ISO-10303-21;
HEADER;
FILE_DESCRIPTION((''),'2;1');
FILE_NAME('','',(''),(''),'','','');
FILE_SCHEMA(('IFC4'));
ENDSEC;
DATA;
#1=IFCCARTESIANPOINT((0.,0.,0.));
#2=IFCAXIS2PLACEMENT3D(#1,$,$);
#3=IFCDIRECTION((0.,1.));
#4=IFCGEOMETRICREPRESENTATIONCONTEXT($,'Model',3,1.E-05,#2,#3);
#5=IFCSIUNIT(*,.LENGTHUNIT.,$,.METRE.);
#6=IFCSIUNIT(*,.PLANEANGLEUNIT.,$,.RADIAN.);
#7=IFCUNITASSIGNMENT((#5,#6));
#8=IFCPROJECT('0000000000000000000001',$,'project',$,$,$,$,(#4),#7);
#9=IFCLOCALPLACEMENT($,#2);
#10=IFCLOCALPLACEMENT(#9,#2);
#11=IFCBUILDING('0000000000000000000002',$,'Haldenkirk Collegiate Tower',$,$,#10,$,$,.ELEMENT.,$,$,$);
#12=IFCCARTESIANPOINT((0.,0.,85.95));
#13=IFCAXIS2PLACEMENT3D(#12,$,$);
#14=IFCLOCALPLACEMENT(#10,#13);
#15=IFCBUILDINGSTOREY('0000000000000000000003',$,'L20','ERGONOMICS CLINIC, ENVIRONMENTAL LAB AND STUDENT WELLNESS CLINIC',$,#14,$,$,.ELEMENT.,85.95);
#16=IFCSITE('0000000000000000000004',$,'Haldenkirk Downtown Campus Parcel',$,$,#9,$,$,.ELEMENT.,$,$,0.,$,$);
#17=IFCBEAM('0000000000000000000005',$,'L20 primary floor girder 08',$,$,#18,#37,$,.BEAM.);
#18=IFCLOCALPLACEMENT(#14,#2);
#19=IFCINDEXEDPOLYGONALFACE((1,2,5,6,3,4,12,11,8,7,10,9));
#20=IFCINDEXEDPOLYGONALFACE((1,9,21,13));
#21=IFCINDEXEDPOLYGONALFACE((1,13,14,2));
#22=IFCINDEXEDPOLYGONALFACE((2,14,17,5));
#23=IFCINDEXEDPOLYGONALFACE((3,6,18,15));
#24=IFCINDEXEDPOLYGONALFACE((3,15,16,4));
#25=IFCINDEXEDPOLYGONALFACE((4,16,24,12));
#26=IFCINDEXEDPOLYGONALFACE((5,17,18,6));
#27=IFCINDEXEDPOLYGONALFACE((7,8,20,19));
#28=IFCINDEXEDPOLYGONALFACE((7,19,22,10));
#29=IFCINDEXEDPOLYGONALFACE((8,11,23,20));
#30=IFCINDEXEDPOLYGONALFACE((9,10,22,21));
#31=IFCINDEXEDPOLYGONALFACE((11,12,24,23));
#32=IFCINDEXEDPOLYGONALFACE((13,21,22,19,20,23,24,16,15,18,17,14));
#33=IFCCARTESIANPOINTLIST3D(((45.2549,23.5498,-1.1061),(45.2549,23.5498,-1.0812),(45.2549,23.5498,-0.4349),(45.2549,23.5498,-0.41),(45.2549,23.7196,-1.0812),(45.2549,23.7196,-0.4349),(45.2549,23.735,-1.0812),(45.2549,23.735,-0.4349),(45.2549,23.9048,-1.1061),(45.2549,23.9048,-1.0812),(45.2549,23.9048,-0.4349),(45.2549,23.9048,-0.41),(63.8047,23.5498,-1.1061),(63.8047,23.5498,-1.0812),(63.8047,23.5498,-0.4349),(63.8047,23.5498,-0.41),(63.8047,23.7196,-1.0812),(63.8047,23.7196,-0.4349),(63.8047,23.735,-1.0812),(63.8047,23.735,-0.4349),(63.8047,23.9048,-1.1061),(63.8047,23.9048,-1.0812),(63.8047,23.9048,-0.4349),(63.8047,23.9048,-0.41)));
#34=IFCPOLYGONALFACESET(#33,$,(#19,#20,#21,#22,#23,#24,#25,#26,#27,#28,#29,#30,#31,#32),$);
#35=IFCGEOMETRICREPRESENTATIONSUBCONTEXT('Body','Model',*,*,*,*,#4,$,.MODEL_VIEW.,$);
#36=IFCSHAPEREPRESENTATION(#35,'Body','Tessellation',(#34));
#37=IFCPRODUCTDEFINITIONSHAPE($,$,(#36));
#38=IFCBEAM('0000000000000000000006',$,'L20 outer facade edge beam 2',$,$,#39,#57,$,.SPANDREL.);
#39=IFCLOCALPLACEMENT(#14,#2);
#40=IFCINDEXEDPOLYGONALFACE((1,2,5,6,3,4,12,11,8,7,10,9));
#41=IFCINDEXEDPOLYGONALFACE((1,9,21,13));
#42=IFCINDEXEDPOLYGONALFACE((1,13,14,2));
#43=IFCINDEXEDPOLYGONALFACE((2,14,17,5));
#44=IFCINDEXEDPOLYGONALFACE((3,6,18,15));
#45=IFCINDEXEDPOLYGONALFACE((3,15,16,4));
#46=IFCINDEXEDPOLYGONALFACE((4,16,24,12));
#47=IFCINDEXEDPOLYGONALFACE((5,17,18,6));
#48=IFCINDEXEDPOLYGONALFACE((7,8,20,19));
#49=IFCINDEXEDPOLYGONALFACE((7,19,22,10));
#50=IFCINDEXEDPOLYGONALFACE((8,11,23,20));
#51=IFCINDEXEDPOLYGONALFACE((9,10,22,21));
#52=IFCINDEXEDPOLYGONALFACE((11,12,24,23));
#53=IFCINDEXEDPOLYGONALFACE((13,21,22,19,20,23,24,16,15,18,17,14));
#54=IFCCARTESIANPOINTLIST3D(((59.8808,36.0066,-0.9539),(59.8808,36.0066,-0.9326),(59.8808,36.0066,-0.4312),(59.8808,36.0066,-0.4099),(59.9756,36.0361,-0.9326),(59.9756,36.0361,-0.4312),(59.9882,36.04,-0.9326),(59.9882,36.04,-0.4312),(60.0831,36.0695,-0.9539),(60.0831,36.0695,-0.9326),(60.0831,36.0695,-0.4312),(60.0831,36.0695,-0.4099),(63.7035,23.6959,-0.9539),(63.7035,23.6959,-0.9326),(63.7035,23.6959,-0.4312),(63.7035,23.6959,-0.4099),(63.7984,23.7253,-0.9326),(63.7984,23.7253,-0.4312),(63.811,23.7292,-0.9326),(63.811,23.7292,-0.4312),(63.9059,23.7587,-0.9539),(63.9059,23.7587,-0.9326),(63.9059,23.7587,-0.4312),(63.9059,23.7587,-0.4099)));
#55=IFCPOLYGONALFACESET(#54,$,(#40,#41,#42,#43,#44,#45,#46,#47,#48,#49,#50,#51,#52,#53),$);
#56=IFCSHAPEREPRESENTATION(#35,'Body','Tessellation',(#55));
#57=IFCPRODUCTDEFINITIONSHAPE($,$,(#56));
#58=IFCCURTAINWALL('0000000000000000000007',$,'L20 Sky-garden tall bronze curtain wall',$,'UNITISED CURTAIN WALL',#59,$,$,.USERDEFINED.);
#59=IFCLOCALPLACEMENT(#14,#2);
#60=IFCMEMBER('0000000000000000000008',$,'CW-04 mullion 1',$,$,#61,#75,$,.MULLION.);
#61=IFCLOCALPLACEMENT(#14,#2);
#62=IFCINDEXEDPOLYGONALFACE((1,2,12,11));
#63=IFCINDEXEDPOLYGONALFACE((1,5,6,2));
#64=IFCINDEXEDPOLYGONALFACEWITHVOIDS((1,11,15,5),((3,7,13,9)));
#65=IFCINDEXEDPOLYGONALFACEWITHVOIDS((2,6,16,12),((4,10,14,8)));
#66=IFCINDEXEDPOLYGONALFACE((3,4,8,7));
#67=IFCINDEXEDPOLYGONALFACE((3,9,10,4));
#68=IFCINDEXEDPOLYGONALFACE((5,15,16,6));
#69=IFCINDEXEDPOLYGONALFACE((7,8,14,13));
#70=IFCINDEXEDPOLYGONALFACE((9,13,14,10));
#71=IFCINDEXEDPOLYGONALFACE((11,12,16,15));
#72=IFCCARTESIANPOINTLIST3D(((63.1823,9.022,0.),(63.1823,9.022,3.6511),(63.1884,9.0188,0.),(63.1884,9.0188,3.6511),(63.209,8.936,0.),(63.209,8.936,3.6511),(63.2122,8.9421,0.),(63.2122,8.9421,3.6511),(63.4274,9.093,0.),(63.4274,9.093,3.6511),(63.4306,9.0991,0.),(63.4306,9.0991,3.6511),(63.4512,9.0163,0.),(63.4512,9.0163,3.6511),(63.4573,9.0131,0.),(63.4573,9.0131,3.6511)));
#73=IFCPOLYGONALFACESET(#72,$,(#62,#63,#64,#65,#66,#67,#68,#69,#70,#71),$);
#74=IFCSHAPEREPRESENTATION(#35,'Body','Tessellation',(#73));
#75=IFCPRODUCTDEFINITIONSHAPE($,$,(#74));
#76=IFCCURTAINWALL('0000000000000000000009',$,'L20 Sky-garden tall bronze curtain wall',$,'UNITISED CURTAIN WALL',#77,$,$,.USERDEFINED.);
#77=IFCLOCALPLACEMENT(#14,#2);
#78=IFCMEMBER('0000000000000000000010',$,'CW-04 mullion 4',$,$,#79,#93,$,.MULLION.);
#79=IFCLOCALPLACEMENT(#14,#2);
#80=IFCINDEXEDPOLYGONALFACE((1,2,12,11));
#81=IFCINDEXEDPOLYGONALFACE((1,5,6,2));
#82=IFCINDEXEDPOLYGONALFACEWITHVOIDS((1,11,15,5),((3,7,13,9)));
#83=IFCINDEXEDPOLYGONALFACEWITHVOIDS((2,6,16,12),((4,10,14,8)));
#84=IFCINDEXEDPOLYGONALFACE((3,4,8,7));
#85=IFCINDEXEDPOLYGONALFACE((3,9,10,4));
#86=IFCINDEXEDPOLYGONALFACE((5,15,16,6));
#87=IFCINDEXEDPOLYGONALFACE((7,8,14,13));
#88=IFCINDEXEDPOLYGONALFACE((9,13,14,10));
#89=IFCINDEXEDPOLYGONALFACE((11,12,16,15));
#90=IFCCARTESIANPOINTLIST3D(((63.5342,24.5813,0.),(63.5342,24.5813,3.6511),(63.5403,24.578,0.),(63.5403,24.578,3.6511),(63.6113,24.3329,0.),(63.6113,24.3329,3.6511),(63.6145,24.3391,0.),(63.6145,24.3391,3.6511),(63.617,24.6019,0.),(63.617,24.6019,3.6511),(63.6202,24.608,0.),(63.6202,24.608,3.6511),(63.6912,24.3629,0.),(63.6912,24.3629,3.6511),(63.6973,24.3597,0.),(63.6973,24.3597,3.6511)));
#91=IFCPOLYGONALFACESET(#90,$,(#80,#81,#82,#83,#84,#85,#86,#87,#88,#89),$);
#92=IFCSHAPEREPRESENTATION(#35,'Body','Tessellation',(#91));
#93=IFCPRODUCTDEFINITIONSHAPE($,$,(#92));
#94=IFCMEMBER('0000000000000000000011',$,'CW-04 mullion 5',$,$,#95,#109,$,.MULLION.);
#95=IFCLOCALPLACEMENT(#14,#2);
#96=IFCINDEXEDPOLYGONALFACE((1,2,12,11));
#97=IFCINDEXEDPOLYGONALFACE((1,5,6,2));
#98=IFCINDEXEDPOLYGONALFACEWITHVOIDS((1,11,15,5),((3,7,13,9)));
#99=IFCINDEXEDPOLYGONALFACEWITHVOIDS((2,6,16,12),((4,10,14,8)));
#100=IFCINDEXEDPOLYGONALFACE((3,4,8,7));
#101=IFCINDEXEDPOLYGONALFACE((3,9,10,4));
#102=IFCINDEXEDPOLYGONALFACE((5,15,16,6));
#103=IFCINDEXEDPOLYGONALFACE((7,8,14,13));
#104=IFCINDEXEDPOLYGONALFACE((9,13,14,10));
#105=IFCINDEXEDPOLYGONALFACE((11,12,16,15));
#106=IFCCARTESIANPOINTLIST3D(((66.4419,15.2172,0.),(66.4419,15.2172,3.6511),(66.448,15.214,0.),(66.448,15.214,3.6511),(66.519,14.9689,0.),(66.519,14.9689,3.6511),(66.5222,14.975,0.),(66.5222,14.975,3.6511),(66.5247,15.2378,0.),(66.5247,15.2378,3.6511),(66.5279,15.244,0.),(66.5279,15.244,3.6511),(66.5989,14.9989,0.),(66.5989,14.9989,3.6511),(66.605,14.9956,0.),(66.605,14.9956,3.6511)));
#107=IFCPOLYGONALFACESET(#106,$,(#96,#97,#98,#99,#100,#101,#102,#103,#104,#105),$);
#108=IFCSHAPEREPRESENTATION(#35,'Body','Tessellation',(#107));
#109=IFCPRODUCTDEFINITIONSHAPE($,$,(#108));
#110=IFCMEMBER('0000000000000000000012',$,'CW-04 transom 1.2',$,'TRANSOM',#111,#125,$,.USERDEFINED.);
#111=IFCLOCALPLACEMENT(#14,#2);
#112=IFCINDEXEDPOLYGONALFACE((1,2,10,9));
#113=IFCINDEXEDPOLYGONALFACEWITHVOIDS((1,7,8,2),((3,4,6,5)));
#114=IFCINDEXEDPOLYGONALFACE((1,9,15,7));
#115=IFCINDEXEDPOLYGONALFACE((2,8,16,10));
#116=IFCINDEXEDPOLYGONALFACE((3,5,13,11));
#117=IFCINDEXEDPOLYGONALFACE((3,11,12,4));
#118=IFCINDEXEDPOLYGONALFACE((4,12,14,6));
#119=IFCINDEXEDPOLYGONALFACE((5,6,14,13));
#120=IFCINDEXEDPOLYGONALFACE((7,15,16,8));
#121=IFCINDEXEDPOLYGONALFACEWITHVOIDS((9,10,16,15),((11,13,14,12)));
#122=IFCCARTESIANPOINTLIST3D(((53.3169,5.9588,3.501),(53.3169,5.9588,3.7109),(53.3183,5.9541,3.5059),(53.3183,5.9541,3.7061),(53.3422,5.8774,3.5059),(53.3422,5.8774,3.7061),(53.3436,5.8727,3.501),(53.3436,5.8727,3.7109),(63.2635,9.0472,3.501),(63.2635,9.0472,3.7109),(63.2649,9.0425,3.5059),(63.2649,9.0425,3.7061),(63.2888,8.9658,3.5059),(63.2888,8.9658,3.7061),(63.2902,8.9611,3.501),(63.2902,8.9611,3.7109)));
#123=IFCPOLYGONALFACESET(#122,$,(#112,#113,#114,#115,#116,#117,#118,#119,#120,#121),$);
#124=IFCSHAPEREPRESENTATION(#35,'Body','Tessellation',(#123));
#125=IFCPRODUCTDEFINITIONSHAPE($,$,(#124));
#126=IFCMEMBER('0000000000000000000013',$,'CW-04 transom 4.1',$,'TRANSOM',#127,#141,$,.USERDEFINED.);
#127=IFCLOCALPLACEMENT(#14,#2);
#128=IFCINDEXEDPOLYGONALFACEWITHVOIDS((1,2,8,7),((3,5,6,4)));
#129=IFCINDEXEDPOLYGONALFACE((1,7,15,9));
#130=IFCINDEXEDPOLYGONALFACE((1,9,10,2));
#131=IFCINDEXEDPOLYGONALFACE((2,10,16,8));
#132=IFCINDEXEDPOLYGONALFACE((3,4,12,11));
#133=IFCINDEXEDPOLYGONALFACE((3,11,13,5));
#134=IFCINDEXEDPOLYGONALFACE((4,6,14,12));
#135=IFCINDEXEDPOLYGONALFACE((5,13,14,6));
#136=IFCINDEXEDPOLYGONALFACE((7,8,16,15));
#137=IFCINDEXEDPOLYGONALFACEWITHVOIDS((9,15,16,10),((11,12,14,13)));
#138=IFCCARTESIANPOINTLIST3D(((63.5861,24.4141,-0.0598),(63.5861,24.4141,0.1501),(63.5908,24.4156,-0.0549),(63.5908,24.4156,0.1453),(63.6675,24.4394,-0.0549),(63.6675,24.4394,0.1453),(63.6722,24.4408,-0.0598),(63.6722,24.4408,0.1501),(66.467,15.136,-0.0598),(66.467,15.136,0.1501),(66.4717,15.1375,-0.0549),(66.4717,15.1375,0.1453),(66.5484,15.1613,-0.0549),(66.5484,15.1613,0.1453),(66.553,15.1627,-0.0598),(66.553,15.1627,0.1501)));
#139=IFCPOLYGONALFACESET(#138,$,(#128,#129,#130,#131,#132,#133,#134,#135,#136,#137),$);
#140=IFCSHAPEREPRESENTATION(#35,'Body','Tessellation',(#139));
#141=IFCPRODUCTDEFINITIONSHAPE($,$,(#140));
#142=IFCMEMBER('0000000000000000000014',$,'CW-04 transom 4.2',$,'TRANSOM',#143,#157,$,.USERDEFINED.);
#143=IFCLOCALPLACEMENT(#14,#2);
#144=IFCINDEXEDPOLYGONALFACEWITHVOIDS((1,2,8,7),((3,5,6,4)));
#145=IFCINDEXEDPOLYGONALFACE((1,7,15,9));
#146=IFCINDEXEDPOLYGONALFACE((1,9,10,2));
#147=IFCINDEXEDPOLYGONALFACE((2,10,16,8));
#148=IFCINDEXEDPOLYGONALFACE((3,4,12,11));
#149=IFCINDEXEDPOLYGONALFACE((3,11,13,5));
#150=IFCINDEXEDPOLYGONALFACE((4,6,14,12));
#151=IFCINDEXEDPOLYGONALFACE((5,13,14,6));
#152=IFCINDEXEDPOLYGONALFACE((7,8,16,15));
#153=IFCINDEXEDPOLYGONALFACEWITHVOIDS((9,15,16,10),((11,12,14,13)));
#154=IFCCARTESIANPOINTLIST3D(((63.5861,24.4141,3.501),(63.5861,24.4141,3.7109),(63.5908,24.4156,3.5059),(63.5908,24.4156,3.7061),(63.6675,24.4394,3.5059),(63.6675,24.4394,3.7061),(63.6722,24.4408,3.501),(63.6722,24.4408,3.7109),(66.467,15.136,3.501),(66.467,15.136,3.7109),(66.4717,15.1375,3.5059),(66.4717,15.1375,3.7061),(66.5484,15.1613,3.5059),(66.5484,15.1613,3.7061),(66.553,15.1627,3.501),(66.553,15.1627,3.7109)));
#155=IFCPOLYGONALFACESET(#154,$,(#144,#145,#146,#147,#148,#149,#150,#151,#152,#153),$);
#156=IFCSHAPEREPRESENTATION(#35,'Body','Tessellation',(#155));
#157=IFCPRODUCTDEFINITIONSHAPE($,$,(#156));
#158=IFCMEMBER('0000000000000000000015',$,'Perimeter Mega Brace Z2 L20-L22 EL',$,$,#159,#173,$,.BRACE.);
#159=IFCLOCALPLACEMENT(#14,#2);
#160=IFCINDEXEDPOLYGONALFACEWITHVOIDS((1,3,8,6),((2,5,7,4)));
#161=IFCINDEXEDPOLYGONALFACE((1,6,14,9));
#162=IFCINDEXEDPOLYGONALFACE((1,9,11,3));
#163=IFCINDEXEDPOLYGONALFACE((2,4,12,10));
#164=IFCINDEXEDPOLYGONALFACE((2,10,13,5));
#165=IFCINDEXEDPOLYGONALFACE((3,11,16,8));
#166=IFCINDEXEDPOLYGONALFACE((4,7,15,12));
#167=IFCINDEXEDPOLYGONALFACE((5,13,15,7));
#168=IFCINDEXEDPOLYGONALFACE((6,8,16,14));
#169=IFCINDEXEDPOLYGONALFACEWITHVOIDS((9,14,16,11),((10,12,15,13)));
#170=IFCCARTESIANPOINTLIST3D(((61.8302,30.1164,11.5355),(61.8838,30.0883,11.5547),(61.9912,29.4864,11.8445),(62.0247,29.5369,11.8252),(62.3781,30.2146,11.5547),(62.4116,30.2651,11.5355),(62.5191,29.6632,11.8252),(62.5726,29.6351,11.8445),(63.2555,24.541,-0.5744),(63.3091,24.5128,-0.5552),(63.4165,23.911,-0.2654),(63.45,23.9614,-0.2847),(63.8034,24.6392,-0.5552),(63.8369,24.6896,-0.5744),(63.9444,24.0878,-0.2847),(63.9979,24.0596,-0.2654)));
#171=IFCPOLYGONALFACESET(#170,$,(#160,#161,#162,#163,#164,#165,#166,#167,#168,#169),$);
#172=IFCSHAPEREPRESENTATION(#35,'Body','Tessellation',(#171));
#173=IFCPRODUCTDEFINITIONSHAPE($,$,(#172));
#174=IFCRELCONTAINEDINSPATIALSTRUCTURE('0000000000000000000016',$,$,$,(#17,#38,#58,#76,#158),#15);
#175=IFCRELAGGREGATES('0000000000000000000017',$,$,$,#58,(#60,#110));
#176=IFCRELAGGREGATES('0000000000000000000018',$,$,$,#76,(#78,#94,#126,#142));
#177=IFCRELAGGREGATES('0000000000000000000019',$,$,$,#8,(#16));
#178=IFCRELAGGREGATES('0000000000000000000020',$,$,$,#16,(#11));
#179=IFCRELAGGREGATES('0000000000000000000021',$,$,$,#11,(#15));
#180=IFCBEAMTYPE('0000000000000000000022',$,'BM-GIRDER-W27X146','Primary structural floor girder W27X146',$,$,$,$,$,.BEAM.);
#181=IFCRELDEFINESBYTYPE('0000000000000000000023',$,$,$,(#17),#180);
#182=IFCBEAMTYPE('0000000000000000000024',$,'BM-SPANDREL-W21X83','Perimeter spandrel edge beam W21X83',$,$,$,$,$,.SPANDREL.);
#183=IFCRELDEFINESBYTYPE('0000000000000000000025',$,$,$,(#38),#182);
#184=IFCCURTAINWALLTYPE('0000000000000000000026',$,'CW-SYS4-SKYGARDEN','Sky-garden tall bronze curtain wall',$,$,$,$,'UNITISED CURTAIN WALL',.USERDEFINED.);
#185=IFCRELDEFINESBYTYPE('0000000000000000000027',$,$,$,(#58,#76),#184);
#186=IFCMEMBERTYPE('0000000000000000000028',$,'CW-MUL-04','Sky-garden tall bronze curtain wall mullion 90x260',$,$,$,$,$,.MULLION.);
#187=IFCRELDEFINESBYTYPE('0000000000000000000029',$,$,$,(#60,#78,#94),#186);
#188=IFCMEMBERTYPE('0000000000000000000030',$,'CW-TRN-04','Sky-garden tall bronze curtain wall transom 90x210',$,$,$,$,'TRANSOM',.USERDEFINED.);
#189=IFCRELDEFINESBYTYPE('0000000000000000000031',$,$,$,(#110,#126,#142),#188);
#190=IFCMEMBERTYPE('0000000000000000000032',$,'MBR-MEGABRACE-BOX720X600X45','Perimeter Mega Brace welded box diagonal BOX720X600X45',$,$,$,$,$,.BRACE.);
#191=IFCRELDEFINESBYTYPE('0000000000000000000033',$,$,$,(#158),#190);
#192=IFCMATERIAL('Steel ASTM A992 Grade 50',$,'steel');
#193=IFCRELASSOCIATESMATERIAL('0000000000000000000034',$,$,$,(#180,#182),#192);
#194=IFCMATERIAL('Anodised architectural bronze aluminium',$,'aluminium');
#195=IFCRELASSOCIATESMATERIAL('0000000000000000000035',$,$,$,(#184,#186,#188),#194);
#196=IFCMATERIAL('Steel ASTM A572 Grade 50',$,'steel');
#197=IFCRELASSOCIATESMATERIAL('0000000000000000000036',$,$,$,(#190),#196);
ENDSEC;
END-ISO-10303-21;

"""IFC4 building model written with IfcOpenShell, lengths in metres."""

from ifc_helpers import new_model, si_unit, direction, frame, origin, origin_2d, place, context, subcontext, project, spatial, hollow_rectangle, i_section, extrude, material, material_profile, profile_set, type_object, element, aggregate, save


model = new_model("IFC4")

# Units and contexts
model_context = context("Model", 3, precision=1e-05, world=origin(), true_north=direction((0.0, 1.0)))
body_context = subcontext(model_context, "Body", "Model", "MODEL_VIEW")
ifc_project = project(units=[si_unit("LENGTHUNIT", "METRE"), si_unit("PLANEANGLEUNIT", "RADIAN")], contexts=[model_context])

# Site, building, storey
site_placement = place(None, origin())
site = spatial("IfcSite", under=ifc_project, at=site_placement, Name="Haldenkirk Downtown Campus Parcel", CompositionType="ELEMENT", RefElevation=0.0)
building_placement = place(site_placement, origin())
building = spatial("IfcBuilding", under=site, at=building_placement, Name="Haldenkirk Collegiate Tower", CompositionType="ELEMENT")
storey_placement = place(building_placement, frame((0.0, 0.0, 85.95)))
storey = spatial("IfcBuildingStorey", under=building, at=storey_placement, Name="L20", Description="ERGONOMICS CLINIC, ENVIRONMENTAL LAB AND STUDENT WELLNESS CLINIC", CompositionType="ELEMENT", Elevation=85.95)

# Beams
ifc_material_1 = material(Name="Steel ASTM A992 Grade 50", Category="steel")
ifc_material_profile_1 = material_profile(ifc_material_1, i_section(OverallWidth=0.355, OverallDepth=0.696, WebThickness=0.0154, FlangeThickness=0.0249, at=origin_2d()), Name="W27X146")
ifc_profile_set_1 = profile_set([ifc_material_profile_1], Name="Steel ASTM A992 Grade 50")
beam_type_1 = type_object("IfcBeamType", Name="BM-GIRDER-W27X146", Description="Primary structural floor girder W27X146", PredefinedType="BEAM", material=ifc_profile_set_1)
beam_1_placement = place(storey_placement, frame((63.8047, 23.7273, -0.7581), z_axis=(-1.0, 0.0, 0.0), x_axis=(0.0, -1.0, 0.0)))
element("IfcBeam", 1, at=beam_1_placement, inside=storey, type_object=beam_type_1, Name="L20 primary floor girder 08", PredefinedType="BEAM", context=body_context, shape_type="SweptSolid", body=[
    extrude(i_section(OverallWidth=0.355, OverallDepth=0.696, WebThickness=0.0154, FlangeThickness=0.0249, at=origin_2d()), origin(), (0.0, 0.0, 1.0), 18.5498),
])
ifc_material_profile_2 = material_profile(ifc_material_1, i_section(OverallWidth=0.2119, OverallDepth=0.5439, WebThickness=0.0132, FlangeThickness=0.0212, at=origin_2d()), Name="W21X83")
ifc_profile_set_2 = profile_set([ifc_material_profile_2], Name="Steel ASTM A992 Grade 50")
beam_type_2 = type_object("IfcBeamType", Name="BM-SPANDREL-W21X83", Description="Perimeter spandrel edge beam W21X83", PredefinedType="SPANDREL", material=ifc_profile_set_2)
beam_2_placement = place(storey_placement, frame((63.8047, 23.7273, -0.6819), z_axis=(-0.296552, 0.955017, 0.0), x_axis=(-0.955017, -0.296552, 0.0)))
element("IfcBeam", 2, at=beam_2_placement, inside=storey, type_object=beam_type_2, Name="L20 outer facade edge beam 2", PredefinedType="SPANDREL", context=body_context, shape_type="SweptSolid", body=[
    extrude(i_section(OverallWidth=0.2119, OverallDepth=0.5439, WebThickness=0.0132, FlangeThickness=0.0212, at=origin_2d()), origin(), (0.0, 0.0, 1.0), 12.8906),
])

# Curtain wall, member
ifc_material_2 = material(Name="Anodised architectural bronze aluminium", Category="aluminium")
curtain_wall_type = type_object("IfcCurtainWallType", Name="CW-SYS4-SKYGARDEN", Description="Sky-garden tall bronze curtain wall", ElementType="UNITISED CURTAIN WALL", PredefinedType="USERDEFINED", material=ifc_material_2)
curtain_wall_1_placement = place(storey_placement, origin())
curtain_wall_1 = element("IfcCurtainWall", 3, at=curtain_wall_1_placement, inside=storey, type_object=curtain_wall_type, Name="L20 Sky-garden tall bronze curtain wall", ObjectType="UNITISED CURTAIN WALL", PredefinedType="USERDEFINED")
ifc_material_profile_3 = material_profile(ifc_material_2, hollow_rectangle(XDim=0.0901, YDim=0.26, WallThickness=0.0049, at=origin_2d()), Name="CW-MUL-04")
ifc_profile_set_3 = profile_set([ifc_material_profile_3], Name="Anodised architectural bronze aluminium")
member_type_1 = type_object("IfcMemberType", Name="CW-MUL-04", Description="Sky-garden tall bronze curtain wall mullion 90x260", PredefinedType="MULLION", material=ifc_profile_set_3)
member_1_placement = place(storey_placement, frame((63.3198, 9.0176, 0.0), z_axis=(0.0, 0.0, 1.0), x_axis=(0.29654, -0.95502, 0.0)))
member_1 = element("IfcMember", 4, at=member_1_placement, type_object=member_type_1, Name="CW-04 mullion 1", PredefinedType="MULLION", context=body_context, shape_type="SweptSolid", body=[
    extrude(hollow_rectangle(XDim=0.0901, YDim=0.26, WallThickness=0.0049, at=origin_2d()), origin(), (0.0, 0.0, 1.0), 3.6511),
])

# Curtain wall, members
curtain_wall_2_placement = place(storey_placement, origin())
curtain_wall_2 = element("IfcCurtainWall", 5, at=curtain_wall_2_placement, inside=storey, type_object=curtain_wall_type, Name="L20 Sky-garden tall bronze curtain wall", ObjectType="UNITISED CURTAIN WALL", PredefinedType="USERDEFINED")
member_2_placement = place(storey_placement, frame((63.6157, 24.4705, 0.0), z_axis=(0.0, 0.0, 1.0), x_axis=(0.95502, 0.296541, 0.0)))
member_2 = element("IfcMember", 6, at=member_2_placement, type_object=member_type_1, Name="CW-04 mullion 4", PredefinedType="MULLION", context=body_context, shape_type="SweptSolid", body=[
    extrude(hollow_rectangle(XDim=0.0901, YDim=0.26, WallThickness=0.0049, at=origin_2d()), origin(), (0.0, 0.0, 1.0), 3.6511),
])
member_3_placement = place(storey_placement, frame((66.5234, 15.1064, 0.0), z_axis=(0.0, 0.0, 1.0), x_axis=(0.95502, 0.296541, 0.0)))
member_3 = element("IfcMember", 7, at=member_3_placement, type_object=member_type_1, Name="CW-04 mullion 5", PredefinedType="MULLION", context=body_context, shape_type="SweptSolid", body=[
    extrude(hollow_rectangle(XDim=0.0901, YDim=0.26, WallThickness=0.0049, at=origin_2d()), origin(), (0.0, 0.0, 1.0), 3.6511),
])

# Members
ifc_material_profile_4 = material_profile(ifc_material_2, hollow_rectangle(XDim=0.0901, YDim=0.21, WallThickness=0.0049, at=origin_2d()), Name="CW-TRN-04")
ifc_profile_set_4 = profile_set([ifc_material_profile_4], Name="Anodised architectural bronze aluminium")
member_type_2 = type_object("IfcMemberType", Name="CW-TRN-04", Description="Sky-garden tall bronze curtain wall transom 90x210", ElementType="TRANSOM", PredefinedType="USERDEFINED", material=ifc_profile_set_4)
member_4_placement = place(storey_placement, frame((63.2769, 9.0042, 3.606), z_axis=(-0.955023, -0.296533, 0.0), x_axis=(0.296533, -0.955023, 0.0)))
member_4 = element("IfcMember", 8, at=member_4_placement, type_object=member_type_2, Name="CW-04 transom 1.2", ObjectType="TRANSOM", PredefinedType="USERDEFINED", context=body_context, shape_type="SweptSolid", body=[
    extrude(hollow_rectangle(XDim=0.0901, YDim=0.21, WallThickness=0.0049, at=origin_2d()), origin(), (0.0, 0.0, 1.0), 10.415),
])
aggregate(curtain_wall_1, [member_1, member_4])
member_5_placement = place(storey_placement, frame((63.6292, 24.4275, 0.0452), z_axis=(0.296536, -0.955022, 0.0), x_axis=(0.955022, 0.296536, 0.0)))
member_5 = element("IfcMember", 9, at=member_5_placement, type_object=member_type_2, Name="CW-04 transom 4.1", ObjectType="TRANSOM", PredefinedType="USERDEFINED", context=body_context, shape_type="SweptSolid", body=[
    extrude(hollow_rectangle(XDim=0.0901, YDim=0.21, WallThickness=0.0049, at=origin_2d()), origin(), (0.0, 0.0, 1.0), 9.7151),
])
member_6_placement = place(storey_placement, frame((63.6292, 24.4275, 3.606), z_axis=(0.296536, -0.955022, 0.0), x_axis=(0.955022, 0.296536, 0.0)))
member_6 = element("IfcMember", 10, at=member_6_placement, type_object=member_type_2, Name="CW-04 transom 4.2", ObjectType="TRANSOM", PredefinedType="USERDEFINED", context=body_context, shape_type="SweptSolid", body=[
    extrude(hollow_rectangle(XDim=0.0901, YDim=0.21, WallThickness=0.0049, at=origin_2d()), origin(), (0.0, 0.0, 1.0), 9.7151),
])
ifc_material_3 = material(Name="Steel ASTM A572 Grade 50", Category="steel")
ifc_material_profile_5 = material_profile(ifc_material_3, hollow_rectangle(XDim=0.6001, YDim=0.72, WallThickness=0.0449, at=origin_2d()), Name="BOX720X600X45")
ifc_profile_set_5 = profile_set([ifc_material_profile_5], Name="Steel ASTM A572 Grade 50")
member_type_3 = type_object("IfcMemberType", Name="MBR-MEGABRACE-BOX720X600X45", Description="Perimeter Mega Brace welded box diagonal BOX720X600X45", PredefinedType="BRACE", material=ifc_profile_set_5)
member_7_placement = place(storey_placement, frame((63.6267, 24.3003, -0.4199), z_axis=(-0.106304, 0.415839, 0.903204), x_axis=(-0.968844, -0.247673, 0.0)))
element("IfcMember", 11, at=member_7_placement, inside=storey, type_object=member_type_3, Name="Perimeter Mega Brace Z2 L20-L22 EL", PredefinedType="BRACE", context=body_context, shape_type="SweptSolid", body=[
    extrude(hollow_rectangle(XDim=0.6001, YDim=0.72, WallThickness=0.0449, at=origin_2d()), origin(), (0.0, 0.0, 1.0), 13.4077),
])

aggregate(curtain_wall_2, [member_2, member_3, member_5, member_6])

save(model, "model.ifc")
